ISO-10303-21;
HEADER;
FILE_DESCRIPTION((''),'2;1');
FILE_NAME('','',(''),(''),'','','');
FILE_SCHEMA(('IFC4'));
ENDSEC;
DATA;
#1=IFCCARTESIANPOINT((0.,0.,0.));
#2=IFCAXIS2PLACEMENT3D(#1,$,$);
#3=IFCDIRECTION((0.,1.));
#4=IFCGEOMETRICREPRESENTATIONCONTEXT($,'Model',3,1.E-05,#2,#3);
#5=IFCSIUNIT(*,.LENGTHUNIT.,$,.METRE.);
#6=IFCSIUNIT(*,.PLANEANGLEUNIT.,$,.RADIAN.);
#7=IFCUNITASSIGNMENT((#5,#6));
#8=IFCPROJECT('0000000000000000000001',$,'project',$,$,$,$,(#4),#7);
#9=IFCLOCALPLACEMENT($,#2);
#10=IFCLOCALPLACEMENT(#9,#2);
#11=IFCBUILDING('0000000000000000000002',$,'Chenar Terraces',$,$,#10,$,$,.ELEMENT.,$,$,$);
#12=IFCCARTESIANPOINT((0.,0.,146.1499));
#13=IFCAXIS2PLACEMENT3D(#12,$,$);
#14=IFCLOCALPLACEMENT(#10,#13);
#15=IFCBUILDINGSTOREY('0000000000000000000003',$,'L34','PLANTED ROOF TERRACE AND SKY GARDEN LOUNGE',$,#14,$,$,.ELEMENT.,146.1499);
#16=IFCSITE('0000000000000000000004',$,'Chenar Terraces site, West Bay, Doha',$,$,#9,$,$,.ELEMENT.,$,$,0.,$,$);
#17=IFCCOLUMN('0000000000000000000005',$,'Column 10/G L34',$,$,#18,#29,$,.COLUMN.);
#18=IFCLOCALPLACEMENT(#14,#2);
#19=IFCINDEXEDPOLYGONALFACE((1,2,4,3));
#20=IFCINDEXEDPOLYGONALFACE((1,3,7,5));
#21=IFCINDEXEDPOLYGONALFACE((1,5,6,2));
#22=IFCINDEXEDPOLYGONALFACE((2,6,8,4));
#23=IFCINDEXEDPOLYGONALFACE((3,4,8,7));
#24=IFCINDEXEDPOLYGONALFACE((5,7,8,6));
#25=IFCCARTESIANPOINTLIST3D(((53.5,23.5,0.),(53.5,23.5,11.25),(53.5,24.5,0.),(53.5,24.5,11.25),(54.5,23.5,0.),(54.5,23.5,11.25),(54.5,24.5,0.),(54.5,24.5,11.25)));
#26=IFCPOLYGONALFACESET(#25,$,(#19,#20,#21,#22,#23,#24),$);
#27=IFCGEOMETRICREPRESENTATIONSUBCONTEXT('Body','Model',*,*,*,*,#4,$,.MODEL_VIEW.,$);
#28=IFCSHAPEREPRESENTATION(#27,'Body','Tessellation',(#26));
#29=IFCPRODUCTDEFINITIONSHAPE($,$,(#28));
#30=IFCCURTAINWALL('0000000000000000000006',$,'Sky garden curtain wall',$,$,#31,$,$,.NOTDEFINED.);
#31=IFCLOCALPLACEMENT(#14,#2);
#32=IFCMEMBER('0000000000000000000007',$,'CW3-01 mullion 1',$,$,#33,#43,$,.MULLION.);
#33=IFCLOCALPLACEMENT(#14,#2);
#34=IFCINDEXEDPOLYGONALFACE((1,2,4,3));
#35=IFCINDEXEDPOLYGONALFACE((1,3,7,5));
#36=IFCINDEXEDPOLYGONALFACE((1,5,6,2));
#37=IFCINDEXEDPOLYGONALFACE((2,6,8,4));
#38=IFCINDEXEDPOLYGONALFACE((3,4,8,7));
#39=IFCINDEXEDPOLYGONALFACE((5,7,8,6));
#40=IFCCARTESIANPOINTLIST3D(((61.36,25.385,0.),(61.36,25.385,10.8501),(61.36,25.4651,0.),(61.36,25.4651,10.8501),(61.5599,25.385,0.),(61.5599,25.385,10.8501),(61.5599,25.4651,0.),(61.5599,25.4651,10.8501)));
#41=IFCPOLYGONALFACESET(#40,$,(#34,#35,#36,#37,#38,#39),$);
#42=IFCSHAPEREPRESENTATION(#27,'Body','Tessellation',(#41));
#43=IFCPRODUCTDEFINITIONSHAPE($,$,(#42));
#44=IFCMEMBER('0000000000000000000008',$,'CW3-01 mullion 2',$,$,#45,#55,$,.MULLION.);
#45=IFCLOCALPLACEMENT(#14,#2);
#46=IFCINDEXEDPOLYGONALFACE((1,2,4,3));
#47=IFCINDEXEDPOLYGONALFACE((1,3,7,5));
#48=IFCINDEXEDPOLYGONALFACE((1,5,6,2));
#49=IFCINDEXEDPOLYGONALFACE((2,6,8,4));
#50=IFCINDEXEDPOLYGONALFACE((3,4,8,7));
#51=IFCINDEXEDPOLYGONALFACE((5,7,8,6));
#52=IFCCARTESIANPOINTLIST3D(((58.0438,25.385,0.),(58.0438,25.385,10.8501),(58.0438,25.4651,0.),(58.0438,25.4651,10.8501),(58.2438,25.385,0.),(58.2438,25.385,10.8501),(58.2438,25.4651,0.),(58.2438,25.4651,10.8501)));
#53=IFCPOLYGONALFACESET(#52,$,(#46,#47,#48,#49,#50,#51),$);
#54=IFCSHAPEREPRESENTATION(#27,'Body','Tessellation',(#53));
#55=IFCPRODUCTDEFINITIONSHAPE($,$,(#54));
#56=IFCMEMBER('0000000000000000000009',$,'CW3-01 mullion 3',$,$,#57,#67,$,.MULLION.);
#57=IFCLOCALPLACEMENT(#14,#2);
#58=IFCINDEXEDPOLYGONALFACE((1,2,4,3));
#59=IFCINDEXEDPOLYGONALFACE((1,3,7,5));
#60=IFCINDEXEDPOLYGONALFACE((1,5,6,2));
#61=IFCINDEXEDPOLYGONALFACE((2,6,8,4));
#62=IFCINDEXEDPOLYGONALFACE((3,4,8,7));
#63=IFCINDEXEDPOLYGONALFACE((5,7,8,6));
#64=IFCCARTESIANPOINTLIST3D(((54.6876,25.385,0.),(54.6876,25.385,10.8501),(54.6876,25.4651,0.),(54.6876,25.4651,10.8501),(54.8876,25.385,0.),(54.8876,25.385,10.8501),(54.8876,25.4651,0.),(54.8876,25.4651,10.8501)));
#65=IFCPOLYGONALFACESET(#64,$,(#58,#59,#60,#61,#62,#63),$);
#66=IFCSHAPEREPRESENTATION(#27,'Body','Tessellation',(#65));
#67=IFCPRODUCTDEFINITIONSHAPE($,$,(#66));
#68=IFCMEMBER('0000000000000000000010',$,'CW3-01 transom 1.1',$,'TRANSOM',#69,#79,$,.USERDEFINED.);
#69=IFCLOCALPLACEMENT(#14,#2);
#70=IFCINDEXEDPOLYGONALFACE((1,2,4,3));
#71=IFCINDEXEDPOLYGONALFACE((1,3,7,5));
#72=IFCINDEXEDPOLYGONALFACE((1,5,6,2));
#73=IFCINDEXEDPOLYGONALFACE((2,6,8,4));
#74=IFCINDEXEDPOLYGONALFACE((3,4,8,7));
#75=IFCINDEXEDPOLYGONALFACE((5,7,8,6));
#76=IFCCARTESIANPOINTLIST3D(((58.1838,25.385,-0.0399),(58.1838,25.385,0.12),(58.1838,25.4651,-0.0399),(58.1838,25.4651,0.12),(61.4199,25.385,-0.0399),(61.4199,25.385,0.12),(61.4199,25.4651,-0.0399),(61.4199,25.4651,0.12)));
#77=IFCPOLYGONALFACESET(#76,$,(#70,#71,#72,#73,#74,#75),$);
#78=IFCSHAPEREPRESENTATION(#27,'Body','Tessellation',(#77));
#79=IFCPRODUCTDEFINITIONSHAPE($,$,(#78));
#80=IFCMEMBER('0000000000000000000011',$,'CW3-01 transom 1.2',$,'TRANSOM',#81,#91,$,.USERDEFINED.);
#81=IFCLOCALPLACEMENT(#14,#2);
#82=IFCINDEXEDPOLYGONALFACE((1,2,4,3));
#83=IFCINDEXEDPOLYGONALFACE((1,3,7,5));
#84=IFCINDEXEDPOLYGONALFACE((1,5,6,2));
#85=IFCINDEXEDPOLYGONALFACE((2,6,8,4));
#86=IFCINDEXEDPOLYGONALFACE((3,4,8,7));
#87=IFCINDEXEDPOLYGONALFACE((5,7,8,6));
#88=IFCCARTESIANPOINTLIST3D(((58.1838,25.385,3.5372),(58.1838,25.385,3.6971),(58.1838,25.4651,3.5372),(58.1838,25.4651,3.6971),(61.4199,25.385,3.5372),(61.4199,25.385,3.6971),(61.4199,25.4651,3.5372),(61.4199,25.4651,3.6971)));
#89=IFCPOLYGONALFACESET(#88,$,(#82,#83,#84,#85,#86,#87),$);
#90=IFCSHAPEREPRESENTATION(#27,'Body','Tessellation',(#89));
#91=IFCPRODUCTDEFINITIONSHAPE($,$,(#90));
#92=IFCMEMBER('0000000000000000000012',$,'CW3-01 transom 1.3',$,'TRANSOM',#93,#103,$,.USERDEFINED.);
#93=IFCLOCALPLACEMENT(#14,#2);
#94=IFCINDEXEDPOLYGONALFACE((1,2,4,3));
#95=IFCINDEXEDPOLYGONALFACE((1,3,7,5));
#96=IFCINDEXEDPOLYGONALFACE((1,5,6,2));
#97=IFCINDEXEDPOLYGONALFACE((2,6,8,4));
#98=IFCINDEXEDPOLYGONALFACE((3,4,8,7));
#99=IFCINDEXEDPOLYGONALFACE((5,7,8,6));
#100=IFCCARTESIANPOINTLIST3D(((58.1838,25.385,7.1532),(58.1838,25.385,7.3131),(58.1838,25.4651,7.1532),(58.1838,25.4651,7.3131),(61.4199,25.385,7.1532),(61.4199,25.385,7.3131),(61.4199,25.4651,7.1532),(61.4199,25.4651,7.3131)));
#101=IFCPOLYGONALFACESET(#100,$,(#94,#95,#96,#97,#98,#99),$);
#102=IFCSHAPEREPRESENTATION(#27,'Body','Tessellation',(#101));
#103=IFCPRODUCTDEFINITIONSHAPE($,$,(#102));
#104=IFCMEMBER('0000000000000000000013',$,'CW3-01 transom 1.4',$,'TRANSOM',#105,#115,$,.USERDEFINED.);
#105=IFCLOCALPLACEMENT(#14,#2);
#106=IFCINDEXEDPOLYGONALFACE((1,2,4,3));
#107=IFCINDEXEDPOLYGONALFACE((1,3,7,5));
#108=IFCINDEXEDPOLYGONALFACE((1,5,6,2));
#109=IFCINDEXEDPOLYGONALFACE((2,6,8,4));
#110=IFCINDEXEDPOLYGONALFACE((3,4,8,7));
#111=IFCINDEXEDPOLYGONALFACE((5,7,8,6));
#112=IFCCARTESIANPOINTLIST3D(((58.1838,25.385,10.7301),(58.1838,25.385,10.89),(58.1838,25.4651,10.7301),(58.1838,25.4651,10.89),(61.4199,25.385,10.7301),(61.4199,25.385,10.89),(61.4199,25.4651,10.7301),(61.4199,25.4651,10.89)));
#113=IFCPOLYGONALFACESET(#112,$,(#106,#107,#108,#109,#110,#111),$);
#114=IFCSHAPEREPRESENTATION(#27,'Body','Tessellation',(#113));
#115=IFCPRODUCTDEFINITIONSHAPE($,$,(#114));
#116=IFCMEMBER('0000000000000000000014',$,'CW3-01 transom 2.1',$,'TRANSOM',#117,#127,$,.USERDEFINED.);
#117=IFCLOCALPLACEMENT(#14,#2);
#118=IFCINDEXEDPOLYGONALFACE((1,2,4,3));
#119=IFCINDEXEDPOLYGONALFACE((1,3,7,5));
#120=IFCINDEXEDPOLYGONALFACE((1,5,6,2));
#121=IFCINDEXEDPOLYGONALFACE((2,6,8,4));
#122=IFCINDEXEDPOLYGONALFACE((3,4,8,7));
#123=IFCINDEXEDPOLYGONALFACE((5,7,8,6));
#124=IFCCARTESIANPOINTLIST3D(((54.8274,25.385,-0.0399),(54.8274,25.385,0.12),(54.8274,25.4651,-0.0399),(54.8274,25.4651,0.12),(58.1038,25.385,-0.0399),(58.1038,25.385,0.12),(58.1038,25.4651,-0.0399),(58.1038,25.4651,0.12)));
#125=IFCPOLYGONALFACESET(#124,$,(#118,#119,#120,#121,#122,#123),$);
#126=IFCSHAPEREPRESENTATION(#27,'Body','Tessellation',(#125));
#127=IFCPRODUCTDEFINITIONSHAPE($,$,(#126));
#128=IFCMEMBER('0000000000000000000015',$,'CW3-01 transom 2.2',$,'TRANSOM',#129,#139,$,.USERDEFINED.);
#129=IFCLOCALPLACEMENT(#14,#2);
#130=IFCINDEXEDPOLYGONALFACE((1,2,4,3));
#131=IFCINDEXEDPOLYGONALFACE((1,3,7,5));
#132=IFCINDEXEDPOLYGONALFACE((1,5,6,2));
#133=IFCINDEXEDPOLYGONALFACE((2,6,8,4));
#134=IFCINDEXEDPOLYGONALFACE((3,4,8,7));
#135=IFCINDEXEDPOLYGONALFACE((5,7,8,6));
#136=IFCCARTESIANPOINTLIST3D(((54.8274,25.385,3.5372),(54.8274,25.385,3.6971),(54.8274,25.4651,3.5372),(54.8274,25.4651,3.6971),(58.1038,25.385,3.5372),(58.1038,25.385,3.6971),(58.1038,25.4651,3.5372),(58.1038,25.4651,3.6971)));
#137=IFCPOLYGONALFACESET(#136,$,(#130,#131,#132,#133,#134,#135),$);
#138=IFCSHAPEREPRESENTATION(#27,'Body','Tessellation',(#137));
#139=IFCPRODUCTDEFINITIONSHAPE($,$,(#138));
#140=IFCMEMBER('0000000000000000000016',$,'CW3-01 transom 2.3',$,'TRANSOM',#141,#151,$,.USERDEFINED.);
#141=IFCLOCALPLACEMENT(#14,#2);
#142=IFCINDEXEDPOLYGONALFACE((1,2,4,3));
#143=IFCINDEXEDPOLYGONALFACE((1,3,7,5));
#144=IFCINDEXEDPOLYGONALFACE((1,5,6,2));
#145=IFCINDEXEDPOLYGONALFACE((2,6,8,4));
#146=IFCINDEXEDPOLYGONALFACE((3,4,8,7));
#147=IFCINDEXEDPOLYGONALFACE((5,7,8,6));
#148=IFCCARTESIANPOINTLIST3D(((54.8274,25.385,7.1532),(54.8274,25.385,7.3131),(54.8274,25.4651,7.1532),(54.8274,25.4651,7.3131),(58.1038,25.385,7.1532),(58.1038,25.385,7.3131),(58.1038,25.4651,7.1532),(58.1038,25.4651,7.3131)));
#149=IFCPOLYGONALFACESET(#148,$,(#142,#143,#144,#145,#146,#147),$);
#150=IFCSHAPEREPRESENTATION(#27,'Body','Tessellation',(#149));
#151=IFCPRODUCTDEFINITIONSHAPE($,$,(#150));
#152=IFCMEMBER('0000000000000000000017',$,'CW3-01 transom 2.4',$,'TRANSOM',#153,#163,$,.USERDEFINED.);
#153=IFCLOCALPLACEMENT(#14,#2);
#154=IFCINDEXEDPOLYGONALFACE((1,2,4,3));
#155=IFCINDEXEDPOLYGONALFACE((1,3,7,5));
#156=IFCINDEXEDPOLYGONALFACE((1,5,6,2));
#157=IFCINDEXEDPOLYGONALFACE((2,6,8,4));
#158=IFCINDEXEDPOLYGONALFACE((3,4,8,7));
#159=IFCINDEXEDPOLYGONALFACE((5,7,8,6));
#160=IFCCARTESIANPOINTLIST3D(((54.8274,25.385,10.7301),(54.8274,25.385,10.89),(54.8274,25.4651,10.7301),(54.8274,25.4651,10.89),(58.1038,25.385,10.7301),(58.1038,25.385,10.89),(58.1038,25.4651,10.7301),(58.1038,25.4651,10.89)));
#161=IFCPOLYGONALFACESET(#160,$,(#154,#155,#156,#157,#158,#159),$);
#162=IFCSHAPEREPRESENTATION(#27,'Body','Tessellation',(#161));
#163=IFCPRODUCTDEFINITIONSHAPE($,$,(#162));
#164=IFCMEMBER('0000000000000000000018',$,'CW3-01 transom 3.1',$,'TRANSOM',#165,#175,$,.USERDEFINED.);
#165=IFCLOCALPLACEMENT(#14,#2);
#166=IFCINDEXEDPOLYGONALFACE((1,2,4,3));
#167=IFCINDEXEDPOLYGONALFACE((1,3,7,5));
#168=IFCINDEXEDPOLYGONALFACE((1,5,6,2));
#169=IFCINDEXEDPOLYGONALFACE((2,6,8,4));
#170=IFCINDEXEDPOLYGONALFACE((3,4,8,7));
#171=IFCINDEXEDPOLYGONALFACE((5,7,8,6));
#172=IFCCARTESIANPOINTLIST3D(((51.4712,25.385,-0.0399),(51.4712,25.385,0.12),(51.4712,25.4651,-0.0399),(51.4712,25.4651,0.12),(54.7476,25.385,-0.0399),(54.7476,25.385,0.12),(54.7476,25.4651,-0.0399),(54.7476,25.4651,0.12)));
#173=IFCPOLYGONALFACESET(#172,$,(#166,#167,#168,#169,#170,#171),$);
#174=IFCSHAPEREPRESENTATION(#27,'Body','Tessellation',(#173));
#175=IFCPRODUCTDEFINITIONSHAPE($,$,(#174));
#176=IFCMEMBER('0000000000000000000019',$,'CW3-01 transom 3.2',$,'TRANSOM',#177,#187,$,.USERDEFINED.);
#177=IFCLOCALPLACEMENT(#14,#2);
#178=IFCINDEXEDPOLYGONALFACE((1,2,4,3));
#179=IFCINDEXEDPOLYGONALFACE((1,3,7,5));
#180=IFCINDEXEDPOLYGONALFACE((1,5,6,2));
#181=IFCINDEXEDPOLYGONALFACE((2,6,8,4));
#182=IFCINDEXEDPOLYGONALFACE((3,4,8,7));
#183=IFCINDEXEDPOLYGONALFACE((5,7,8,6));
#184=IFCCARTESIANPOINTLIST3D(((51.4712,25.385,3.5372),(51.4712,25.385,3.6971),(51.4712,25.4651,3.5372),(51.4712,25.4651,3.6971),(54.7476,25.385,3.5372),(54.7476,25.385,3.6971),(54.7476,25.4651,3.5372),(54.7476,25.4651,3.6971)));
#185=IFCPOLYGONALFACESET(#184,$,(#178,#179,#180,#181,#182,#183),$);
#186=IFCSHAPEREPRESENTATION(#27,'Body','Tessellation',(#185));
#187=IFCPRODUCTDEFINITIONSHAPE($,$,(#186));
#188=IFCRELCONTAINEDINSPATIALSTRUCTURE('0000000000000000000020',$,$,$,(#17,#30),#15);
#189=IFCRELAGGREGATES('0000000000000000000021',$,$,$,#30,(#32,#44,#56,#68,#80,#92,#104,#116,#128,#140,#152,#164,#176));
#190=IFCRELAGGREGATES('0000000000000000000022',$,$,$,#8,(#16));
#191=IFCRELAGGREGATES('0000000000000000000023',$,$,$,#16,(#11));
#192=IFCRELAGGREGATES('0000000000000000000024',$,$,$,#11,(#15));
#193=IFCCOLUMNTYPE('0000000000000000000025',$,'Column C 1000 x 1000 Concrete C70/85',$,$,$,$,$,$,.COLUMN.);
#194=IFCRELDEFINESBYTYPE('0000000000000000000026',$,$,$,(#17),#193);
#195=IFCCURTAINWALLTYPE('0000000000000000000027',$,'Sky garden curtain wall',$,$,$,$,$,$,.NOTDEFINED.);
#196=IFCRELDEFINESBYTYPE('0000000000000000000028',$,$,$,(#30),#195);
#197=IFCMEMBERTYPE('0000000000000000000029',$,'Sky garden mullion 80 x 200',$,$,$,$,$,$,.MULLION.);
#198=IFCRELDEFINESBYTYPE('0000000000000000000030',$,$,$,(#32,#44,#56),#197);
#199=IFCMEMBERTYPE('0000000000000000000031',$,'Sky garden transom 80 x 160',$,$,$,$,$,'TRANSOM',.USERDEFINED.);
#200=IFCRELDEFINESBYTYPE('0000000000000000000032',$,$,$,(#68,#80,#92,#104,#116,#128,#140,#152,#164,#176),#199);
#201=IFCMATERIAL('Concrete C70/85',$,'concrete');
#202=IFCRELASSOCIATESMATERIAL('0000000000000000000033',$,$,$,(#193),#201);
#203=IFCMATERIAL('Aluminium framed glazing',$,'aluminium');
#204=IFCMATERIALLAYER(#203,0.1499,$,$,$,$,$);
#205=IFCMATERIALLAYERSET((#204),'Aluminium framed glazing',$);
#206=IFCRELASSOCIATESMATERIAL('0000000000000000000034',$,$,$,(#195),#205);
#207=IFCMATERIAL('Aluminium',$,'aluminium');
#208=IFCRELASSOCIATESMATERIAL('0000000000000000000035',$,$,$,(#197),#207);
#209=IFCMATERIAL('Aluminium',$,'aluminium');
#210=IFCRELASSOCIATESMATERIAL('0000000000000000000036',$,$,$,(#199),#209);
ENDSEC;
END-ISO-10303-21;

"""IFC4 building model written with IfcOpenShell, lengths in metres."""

from ifc_helpers import new_model, si_unit, direction, frame, origin, origin_2d, place, context, subcontext, project, spatial, rectangle, extrude, material, layer, layer_set, material_profile, profile_set, type_object, element, aggregate, save


model = new_model("IFC4")

# Units and contexts
model_context = context("Model", 3, precision=1e-05, world=origin(), true_north=direction((0.0, 1.0)))
body_context = subcontext(model_context, "Body", "Model", "MODEL_VIEW")
ifc_project = project(units=[si_unit("LENGTHUNIT", "METRE"), si_unit("PLANEANGLEUNIT", "RADIAN")], contexts=[model_context])

# Site, building, storey
site_placement = place(None, origin())
site = spatial("IfcSite", under=ifc_project, at=site_placement, Name="Chenar Terraces site, West Bay, Doha", CompositionType="ELEMENT", RefElevation=0.0)
building_placement = place(site_placement, origin())
building = spatial("IfcBuilding", under=site, at=building_placement, Name="Chenar Terraces", CompositionType="ELEMENT")
storey_placement = place(building_placement, frame((0.0, 0.0, 146.1499)))
storey = spatial("IfcBuildingStorey", under=building, at=storey_placement, Name="L34", Description="PLANTED ROOF TERRACE AND SKY GARDEN LOUNGE", CompositionType="ELEMENT", Elevation=146.1499)

# Column
ifc_material_1 = material(Name="Concrete C70/85", Category="concrete")
ifc_material_profile_1 = material_profile(ifc_material_1, rectangle(XDim=1.0, YDim=1.0, at=origin_2d()), Name="C 1000 x 1000")
ifc_profile_set_1 = profile_set([ifc_material_profile_1], Name="Concrete C70/85")
column_type = type_object("IfcColumnType", Name="Column C 1000 x 1000 Concrete C70/85", PredefinedType="COLUMN", material=ifc_profile_set_1)
column_placement = place(storey_placement, frame((54.0, 24.0, 0.0), z_axis=(0.0, 0.0, 1.0), x_axis=(1.0, 0.0, 0.0)))
element("IfcColumn", 1, at=column_placement, inside=storey, type_object=column_type, Name="Column 10/G L34", PredefinedType="COLUMN", context=body_context, shape_type="SweptSolid", body=[
    extrude(rectangle(XDim=1.0, YDim=1.0, at=origin_2d()), origin(), (0.0, 0.0, 1.0), 11.25),
])

# Curtain wall, members
ifc_material_2 = material(Name="Aluminium framed glazing", Category="aluminium")
ifc_layer_1 = layer(ifc_material_2, 0.1499)
ifc_layer_set_1 = layer_set([ifc_layer_1], Name="Aluminium framed glazing")
curtain_wall_type = type_object("IfcCurtainWallType", Name="Sky garden curtain wall", PredefinedType="NOTDEFINED", material=ifc_layer_set_1)
curtain_wall_placement = place(storey_placement, origin())
curtain_wall = element("IfcCurtainWall", 2, at=curtain_wall_placement, inside=storey, type_object=curtain_wall_type, Name="Sky garden curtain wall", PredefinedType="NOTDEFINED")
ifc_material_3 = material(Name="Aluminium", Category="aluminium")
ifc_material_profile_2 = material_profile(ifc_material_3, rectangle(XDim=0.0801, YDim=0.2, at=origin_2d()), Name="Sky garden mullion 80 x 200")
ifc_profile_set_2 = profile_set([ifc_material_profile_2], Name="Aluminium")
member_type_1 = type_object("IfcMemberType", Name="Sky garden mullion 80 x 200", PredefinedType="MULLION", material=ifc_profile_set_2)
member_1_placement = place(storey_placement, frame((61.46, 25.425, 0.0), z_axis=(0.0, 0.0, 1.0), x_axis=(0.0, -1.0, 0.0)))
member_1 = element("IfcMember", 3, at=member_1_placement, type_object=member_type_1, Name="CW3-01 mullion 1", PredefinedType="MULLION", context=body_context, shape_type="SweptSolid", body=[
    extrude(rectangle(XDim=0.0801, YDim=0.2, at=origin_2d()), origin(), (0.0, 0.0, 1.0), 10.8501),
])
member_2_placement = place(storey_placement, frame((58.1438, 25.425, 0.0), z_axis=(0.0, 0.0, 1.0), x_axis=(0.0, -1.0, 0.0)))
member_2 = element("IfcMember", 4, at=member_2_placement, type_object=member_type_1, Name="CW3-01 mullion 2", PredefinedType="MULLION", context=body_context, shape_type="SweptSolid", body=[
    extrude(rectangle(XDim=0.0801, YDim=0.2, at=origin_2d()), origin(), (0.0, 0.0, 1.0), 10.8501),
])
member_3_placement = place(storey_placement, frame((54.7876, 25.425, 0.0), z_axis=(0.0, 0.0, 1.0), x_axis=(0.0, -1.0, 0.0)))
member_3 = element("IfcMember", 5, at=member_3_placement, type_object=member_type_1, Name="CW3-01 mullion 3", PredefinedType="MULLION", context=body_context, shape_type="SweptSolid", body=[
    extrude(rectangle(XDim=0.0801, YDim=0.2, at=origin_2d()), origin(), (0.0, 0.0, 1.0), 10.8501),
])
ifc_material_4 = material(Name="Aluminium", Category="aluminium")
ifc_material_profile_3 = material_profile(ifc_material_4, rectangle(XDim=0.0801, YDim=0.1599, at=origin_2d()), Name="Sky garden transom 80 x 160")
ifc_profile_set_3 = profile_set([ifc_material_profile_3], Name="Aluminium")
member_type_2 = type_object("IfcMemberType", Name="Sky garden transom 80 x 160", ElementType="TRANSOM", PredefinedType="USERDEFINED", material=ifc_profile_set_3)
member_4_placement = place(storey_placement, frame((61.4199, 25.425, 0.04), z_axis=(-1.0, 0.0, 0.0), x_axis=(0.0, -1.0, 0.0)))
member_4 = element("IfcMember", 6, at=member_4_placement, type_object=member_type_2, Name="CW3-01 transom 1.1", ObjectType="TRANSOM", PredefinedType="USERDEFINED", context=body_context, shape_type="SweptSolid", body=[
    extrude(rectangle(XDim=0.0801, YDim=0.1599, at=origin_2d()), origin(), (0.0, 0.0, 1.0), 3.2361),
])
member_5_placement = place(storey_placement, frame((61.4199, 25.425, 3.6172), z_axis=(-1.0, 0.0, 0.0), x_axis=(0.0, -1.0, 0.0)))
member_5 = element("IfcMember", 7, at=member_5_placement, type_object=member_type_2, Name="CW3-01 transom 1.2", ObjectType="TRANSOM", PredefinedType="USERDEFINED", context=body_context, shape_type="SweptSolid", body=[
    extrude(rectangle(XDim=0.0801, YDim=0.1599, at=origin_2d()), origin(), (0.0, 0.0, 1.0), 3.2361),
])
member_6_placement = place(storey_placement, frame((61.4199, 25.425, 7.2332), z_axis=(-1.0, 0.0, 0.0), x_axis=(0.0, -1.0, 0.0)))
member_6 = element("IfcMember", 8, at=member_6_placement, type_object=member_type_2, Name="CW3-01 transom 1.3", ObjectType="TRANSOM", PredefinedType="USERDEFINED", context=body_context, shape_type="SweptSolid", body=[
    extrude(rectangle(XDim=0.0801, YDim=0.1599, at=origin_2d()), origin(), (0.0, 0.0, 1.0), 3.2361),
])
member_7_placement = place(storey_placement, frame((61.4199, 25.425, 10.8101), z_axis=(-1.0, 0.0, 0.0), x_axis=(0.0, -1.0, 0.0)))
member_7 = element("IfcMember", 9, at=member_7_placement, type_object=member_type_2, Name="CW3-01 transom 1.4", ObjectType="TRANSOM", PredefinedType="USERDEFINED", context=body_context, shape_type="SweptSolid", body=[
    extrude(rectangle(XDim=0.0801, YDim=0.1599, at=origin_2d()), origin(), (0.0, 0.0, 1.0), 3.2361),
])
member_8_placement = place(storey_placement, frame((58.1038, 25.425, 0.04), z_axis=(-1.0, 0.0, 0.0), x_axis=(0.0, -1.0, 0.0)))
member_8 = element("IfcMember", 10, at=member_8_placement, type_object=member_type_2, Name="CW3-01 transom 2.1", ObjectType="TRANSOM", PredefinedType="USERDEFINED", context=body_context, shape_type="SweptSolid", body=[
    extrude(rectangle(XDim=0.0801, YDim=0.1599, at=origin_2d()), origin(), (0.0, 0.0, 1.0), 3.2764),
])
member_9_placement = place(storey_placement, frame((58.1038, 25.425, 3.6172), z_axis=(-1.0, 0.0, 0.0), x_axis=(0.0, -1.0, 0.0)))
member_9 = element("IfcMember", 11, at=member_9_placement, type_object=member_type_2, Name="CW3-01 transom 2.2", ObjectType="TRANSOM", PredefinedType="USERDEFINED", context=body_context, shape_type="SweptSolid", body=[
    extrude(rectangle(XDim=0.0801, YDim=0.1599, at=origin_2d()), origin(), (0.0, 0.0, 1.0), 3.2764),
])
member_10_placement = place(storey_placement, frame((58.1038, 25.425, 7.2332), z_axis=(-1.0, 0.0, 0.0), x_axis=(0.0, -1.0, 0.0)))
member_10 = element("IfcMember", 12, at=member_10_placement, type_object=member_type_2, Name="CW3-01 transom 2.3", ObjectType="TRANSOM", PredefinedType="USERDEFINED", context=body_context, shape_type="SweptSolid", body=[
    extrude(rectangle(XDim=0.0801, YDim=0.1599, at=origin_2d()), origin(), (0.0, 0.0, 1.0), 3.2764),
])
member_11_placement = place(storey_placement, frame((58.1038, 25.425, 10.8101), z_axis=(-1.0, 0.0, 0.0), x_axis=(0.0, -1.0, 0.0)))
member_11 = element("IfcMember", 13, at=member_11_placement, type_object=member_type_2, Name="CW3-01 transom 2.4", ObjectType="TRANSOM", PredefinedType="USERDEFINED", context=body_context, shape_type="SweptSolid", body=[
    extrude(rectangle(XDim=0.0801, YDim=0.1599, at=origin_2d()), origin(), (0.0, 0.0, 1.0), 3.2764),
])
member_12_placement = place(storey_placement, frame((54.7476, 25.425, 0.04), z_axis=(-1.0, 0.0, 0.0), x_axis=(0.0, -1.0, 0.0)))
member_12 = element("IfcMember", 14, at=member_12_placement, type_object=member_type_2, Name="CW3-01 transom 3.1", ObjectType="TRANSOM", PredefinedType="USERDEFINED", context=body_context, shape_type="SweptSolid", body=[
    extrude(rectangle(XDim=0.0801, YDim=0.1599, at=origin_2d()), origin(), (0.0, 0.0, 1.0), 3.2764),
])
member_13_placement = place(storey_placement, frame((54.7476, 25.425, 3.6172), z_axis=(-1.0, 0.0, 0.0), x_axis=(0.0, -1.0, 0.0)))
member_13 = element("IfcMember", 15, at=member_13_placement, type_object=member_type_2, Name="CW3-01 transom 3.2", ObjectType="TRANSOM", PredefinedType="USERDEFINED", context=body_context, shape_type="SweptSolid", body=[
    extrude(rectangle(XDim=0.0801, YDim=0.1599, at=origin_2d()), origin(), (0.0, 0.0, 1.0), 3.2764),
])
aggregate(curtain_wall, [member_1, member_2, member_3, member_4, member_5, member_6, member_7, member_8, member_9, member_10, member_11, member_12, member_13])

save(model, "model.ifc")
